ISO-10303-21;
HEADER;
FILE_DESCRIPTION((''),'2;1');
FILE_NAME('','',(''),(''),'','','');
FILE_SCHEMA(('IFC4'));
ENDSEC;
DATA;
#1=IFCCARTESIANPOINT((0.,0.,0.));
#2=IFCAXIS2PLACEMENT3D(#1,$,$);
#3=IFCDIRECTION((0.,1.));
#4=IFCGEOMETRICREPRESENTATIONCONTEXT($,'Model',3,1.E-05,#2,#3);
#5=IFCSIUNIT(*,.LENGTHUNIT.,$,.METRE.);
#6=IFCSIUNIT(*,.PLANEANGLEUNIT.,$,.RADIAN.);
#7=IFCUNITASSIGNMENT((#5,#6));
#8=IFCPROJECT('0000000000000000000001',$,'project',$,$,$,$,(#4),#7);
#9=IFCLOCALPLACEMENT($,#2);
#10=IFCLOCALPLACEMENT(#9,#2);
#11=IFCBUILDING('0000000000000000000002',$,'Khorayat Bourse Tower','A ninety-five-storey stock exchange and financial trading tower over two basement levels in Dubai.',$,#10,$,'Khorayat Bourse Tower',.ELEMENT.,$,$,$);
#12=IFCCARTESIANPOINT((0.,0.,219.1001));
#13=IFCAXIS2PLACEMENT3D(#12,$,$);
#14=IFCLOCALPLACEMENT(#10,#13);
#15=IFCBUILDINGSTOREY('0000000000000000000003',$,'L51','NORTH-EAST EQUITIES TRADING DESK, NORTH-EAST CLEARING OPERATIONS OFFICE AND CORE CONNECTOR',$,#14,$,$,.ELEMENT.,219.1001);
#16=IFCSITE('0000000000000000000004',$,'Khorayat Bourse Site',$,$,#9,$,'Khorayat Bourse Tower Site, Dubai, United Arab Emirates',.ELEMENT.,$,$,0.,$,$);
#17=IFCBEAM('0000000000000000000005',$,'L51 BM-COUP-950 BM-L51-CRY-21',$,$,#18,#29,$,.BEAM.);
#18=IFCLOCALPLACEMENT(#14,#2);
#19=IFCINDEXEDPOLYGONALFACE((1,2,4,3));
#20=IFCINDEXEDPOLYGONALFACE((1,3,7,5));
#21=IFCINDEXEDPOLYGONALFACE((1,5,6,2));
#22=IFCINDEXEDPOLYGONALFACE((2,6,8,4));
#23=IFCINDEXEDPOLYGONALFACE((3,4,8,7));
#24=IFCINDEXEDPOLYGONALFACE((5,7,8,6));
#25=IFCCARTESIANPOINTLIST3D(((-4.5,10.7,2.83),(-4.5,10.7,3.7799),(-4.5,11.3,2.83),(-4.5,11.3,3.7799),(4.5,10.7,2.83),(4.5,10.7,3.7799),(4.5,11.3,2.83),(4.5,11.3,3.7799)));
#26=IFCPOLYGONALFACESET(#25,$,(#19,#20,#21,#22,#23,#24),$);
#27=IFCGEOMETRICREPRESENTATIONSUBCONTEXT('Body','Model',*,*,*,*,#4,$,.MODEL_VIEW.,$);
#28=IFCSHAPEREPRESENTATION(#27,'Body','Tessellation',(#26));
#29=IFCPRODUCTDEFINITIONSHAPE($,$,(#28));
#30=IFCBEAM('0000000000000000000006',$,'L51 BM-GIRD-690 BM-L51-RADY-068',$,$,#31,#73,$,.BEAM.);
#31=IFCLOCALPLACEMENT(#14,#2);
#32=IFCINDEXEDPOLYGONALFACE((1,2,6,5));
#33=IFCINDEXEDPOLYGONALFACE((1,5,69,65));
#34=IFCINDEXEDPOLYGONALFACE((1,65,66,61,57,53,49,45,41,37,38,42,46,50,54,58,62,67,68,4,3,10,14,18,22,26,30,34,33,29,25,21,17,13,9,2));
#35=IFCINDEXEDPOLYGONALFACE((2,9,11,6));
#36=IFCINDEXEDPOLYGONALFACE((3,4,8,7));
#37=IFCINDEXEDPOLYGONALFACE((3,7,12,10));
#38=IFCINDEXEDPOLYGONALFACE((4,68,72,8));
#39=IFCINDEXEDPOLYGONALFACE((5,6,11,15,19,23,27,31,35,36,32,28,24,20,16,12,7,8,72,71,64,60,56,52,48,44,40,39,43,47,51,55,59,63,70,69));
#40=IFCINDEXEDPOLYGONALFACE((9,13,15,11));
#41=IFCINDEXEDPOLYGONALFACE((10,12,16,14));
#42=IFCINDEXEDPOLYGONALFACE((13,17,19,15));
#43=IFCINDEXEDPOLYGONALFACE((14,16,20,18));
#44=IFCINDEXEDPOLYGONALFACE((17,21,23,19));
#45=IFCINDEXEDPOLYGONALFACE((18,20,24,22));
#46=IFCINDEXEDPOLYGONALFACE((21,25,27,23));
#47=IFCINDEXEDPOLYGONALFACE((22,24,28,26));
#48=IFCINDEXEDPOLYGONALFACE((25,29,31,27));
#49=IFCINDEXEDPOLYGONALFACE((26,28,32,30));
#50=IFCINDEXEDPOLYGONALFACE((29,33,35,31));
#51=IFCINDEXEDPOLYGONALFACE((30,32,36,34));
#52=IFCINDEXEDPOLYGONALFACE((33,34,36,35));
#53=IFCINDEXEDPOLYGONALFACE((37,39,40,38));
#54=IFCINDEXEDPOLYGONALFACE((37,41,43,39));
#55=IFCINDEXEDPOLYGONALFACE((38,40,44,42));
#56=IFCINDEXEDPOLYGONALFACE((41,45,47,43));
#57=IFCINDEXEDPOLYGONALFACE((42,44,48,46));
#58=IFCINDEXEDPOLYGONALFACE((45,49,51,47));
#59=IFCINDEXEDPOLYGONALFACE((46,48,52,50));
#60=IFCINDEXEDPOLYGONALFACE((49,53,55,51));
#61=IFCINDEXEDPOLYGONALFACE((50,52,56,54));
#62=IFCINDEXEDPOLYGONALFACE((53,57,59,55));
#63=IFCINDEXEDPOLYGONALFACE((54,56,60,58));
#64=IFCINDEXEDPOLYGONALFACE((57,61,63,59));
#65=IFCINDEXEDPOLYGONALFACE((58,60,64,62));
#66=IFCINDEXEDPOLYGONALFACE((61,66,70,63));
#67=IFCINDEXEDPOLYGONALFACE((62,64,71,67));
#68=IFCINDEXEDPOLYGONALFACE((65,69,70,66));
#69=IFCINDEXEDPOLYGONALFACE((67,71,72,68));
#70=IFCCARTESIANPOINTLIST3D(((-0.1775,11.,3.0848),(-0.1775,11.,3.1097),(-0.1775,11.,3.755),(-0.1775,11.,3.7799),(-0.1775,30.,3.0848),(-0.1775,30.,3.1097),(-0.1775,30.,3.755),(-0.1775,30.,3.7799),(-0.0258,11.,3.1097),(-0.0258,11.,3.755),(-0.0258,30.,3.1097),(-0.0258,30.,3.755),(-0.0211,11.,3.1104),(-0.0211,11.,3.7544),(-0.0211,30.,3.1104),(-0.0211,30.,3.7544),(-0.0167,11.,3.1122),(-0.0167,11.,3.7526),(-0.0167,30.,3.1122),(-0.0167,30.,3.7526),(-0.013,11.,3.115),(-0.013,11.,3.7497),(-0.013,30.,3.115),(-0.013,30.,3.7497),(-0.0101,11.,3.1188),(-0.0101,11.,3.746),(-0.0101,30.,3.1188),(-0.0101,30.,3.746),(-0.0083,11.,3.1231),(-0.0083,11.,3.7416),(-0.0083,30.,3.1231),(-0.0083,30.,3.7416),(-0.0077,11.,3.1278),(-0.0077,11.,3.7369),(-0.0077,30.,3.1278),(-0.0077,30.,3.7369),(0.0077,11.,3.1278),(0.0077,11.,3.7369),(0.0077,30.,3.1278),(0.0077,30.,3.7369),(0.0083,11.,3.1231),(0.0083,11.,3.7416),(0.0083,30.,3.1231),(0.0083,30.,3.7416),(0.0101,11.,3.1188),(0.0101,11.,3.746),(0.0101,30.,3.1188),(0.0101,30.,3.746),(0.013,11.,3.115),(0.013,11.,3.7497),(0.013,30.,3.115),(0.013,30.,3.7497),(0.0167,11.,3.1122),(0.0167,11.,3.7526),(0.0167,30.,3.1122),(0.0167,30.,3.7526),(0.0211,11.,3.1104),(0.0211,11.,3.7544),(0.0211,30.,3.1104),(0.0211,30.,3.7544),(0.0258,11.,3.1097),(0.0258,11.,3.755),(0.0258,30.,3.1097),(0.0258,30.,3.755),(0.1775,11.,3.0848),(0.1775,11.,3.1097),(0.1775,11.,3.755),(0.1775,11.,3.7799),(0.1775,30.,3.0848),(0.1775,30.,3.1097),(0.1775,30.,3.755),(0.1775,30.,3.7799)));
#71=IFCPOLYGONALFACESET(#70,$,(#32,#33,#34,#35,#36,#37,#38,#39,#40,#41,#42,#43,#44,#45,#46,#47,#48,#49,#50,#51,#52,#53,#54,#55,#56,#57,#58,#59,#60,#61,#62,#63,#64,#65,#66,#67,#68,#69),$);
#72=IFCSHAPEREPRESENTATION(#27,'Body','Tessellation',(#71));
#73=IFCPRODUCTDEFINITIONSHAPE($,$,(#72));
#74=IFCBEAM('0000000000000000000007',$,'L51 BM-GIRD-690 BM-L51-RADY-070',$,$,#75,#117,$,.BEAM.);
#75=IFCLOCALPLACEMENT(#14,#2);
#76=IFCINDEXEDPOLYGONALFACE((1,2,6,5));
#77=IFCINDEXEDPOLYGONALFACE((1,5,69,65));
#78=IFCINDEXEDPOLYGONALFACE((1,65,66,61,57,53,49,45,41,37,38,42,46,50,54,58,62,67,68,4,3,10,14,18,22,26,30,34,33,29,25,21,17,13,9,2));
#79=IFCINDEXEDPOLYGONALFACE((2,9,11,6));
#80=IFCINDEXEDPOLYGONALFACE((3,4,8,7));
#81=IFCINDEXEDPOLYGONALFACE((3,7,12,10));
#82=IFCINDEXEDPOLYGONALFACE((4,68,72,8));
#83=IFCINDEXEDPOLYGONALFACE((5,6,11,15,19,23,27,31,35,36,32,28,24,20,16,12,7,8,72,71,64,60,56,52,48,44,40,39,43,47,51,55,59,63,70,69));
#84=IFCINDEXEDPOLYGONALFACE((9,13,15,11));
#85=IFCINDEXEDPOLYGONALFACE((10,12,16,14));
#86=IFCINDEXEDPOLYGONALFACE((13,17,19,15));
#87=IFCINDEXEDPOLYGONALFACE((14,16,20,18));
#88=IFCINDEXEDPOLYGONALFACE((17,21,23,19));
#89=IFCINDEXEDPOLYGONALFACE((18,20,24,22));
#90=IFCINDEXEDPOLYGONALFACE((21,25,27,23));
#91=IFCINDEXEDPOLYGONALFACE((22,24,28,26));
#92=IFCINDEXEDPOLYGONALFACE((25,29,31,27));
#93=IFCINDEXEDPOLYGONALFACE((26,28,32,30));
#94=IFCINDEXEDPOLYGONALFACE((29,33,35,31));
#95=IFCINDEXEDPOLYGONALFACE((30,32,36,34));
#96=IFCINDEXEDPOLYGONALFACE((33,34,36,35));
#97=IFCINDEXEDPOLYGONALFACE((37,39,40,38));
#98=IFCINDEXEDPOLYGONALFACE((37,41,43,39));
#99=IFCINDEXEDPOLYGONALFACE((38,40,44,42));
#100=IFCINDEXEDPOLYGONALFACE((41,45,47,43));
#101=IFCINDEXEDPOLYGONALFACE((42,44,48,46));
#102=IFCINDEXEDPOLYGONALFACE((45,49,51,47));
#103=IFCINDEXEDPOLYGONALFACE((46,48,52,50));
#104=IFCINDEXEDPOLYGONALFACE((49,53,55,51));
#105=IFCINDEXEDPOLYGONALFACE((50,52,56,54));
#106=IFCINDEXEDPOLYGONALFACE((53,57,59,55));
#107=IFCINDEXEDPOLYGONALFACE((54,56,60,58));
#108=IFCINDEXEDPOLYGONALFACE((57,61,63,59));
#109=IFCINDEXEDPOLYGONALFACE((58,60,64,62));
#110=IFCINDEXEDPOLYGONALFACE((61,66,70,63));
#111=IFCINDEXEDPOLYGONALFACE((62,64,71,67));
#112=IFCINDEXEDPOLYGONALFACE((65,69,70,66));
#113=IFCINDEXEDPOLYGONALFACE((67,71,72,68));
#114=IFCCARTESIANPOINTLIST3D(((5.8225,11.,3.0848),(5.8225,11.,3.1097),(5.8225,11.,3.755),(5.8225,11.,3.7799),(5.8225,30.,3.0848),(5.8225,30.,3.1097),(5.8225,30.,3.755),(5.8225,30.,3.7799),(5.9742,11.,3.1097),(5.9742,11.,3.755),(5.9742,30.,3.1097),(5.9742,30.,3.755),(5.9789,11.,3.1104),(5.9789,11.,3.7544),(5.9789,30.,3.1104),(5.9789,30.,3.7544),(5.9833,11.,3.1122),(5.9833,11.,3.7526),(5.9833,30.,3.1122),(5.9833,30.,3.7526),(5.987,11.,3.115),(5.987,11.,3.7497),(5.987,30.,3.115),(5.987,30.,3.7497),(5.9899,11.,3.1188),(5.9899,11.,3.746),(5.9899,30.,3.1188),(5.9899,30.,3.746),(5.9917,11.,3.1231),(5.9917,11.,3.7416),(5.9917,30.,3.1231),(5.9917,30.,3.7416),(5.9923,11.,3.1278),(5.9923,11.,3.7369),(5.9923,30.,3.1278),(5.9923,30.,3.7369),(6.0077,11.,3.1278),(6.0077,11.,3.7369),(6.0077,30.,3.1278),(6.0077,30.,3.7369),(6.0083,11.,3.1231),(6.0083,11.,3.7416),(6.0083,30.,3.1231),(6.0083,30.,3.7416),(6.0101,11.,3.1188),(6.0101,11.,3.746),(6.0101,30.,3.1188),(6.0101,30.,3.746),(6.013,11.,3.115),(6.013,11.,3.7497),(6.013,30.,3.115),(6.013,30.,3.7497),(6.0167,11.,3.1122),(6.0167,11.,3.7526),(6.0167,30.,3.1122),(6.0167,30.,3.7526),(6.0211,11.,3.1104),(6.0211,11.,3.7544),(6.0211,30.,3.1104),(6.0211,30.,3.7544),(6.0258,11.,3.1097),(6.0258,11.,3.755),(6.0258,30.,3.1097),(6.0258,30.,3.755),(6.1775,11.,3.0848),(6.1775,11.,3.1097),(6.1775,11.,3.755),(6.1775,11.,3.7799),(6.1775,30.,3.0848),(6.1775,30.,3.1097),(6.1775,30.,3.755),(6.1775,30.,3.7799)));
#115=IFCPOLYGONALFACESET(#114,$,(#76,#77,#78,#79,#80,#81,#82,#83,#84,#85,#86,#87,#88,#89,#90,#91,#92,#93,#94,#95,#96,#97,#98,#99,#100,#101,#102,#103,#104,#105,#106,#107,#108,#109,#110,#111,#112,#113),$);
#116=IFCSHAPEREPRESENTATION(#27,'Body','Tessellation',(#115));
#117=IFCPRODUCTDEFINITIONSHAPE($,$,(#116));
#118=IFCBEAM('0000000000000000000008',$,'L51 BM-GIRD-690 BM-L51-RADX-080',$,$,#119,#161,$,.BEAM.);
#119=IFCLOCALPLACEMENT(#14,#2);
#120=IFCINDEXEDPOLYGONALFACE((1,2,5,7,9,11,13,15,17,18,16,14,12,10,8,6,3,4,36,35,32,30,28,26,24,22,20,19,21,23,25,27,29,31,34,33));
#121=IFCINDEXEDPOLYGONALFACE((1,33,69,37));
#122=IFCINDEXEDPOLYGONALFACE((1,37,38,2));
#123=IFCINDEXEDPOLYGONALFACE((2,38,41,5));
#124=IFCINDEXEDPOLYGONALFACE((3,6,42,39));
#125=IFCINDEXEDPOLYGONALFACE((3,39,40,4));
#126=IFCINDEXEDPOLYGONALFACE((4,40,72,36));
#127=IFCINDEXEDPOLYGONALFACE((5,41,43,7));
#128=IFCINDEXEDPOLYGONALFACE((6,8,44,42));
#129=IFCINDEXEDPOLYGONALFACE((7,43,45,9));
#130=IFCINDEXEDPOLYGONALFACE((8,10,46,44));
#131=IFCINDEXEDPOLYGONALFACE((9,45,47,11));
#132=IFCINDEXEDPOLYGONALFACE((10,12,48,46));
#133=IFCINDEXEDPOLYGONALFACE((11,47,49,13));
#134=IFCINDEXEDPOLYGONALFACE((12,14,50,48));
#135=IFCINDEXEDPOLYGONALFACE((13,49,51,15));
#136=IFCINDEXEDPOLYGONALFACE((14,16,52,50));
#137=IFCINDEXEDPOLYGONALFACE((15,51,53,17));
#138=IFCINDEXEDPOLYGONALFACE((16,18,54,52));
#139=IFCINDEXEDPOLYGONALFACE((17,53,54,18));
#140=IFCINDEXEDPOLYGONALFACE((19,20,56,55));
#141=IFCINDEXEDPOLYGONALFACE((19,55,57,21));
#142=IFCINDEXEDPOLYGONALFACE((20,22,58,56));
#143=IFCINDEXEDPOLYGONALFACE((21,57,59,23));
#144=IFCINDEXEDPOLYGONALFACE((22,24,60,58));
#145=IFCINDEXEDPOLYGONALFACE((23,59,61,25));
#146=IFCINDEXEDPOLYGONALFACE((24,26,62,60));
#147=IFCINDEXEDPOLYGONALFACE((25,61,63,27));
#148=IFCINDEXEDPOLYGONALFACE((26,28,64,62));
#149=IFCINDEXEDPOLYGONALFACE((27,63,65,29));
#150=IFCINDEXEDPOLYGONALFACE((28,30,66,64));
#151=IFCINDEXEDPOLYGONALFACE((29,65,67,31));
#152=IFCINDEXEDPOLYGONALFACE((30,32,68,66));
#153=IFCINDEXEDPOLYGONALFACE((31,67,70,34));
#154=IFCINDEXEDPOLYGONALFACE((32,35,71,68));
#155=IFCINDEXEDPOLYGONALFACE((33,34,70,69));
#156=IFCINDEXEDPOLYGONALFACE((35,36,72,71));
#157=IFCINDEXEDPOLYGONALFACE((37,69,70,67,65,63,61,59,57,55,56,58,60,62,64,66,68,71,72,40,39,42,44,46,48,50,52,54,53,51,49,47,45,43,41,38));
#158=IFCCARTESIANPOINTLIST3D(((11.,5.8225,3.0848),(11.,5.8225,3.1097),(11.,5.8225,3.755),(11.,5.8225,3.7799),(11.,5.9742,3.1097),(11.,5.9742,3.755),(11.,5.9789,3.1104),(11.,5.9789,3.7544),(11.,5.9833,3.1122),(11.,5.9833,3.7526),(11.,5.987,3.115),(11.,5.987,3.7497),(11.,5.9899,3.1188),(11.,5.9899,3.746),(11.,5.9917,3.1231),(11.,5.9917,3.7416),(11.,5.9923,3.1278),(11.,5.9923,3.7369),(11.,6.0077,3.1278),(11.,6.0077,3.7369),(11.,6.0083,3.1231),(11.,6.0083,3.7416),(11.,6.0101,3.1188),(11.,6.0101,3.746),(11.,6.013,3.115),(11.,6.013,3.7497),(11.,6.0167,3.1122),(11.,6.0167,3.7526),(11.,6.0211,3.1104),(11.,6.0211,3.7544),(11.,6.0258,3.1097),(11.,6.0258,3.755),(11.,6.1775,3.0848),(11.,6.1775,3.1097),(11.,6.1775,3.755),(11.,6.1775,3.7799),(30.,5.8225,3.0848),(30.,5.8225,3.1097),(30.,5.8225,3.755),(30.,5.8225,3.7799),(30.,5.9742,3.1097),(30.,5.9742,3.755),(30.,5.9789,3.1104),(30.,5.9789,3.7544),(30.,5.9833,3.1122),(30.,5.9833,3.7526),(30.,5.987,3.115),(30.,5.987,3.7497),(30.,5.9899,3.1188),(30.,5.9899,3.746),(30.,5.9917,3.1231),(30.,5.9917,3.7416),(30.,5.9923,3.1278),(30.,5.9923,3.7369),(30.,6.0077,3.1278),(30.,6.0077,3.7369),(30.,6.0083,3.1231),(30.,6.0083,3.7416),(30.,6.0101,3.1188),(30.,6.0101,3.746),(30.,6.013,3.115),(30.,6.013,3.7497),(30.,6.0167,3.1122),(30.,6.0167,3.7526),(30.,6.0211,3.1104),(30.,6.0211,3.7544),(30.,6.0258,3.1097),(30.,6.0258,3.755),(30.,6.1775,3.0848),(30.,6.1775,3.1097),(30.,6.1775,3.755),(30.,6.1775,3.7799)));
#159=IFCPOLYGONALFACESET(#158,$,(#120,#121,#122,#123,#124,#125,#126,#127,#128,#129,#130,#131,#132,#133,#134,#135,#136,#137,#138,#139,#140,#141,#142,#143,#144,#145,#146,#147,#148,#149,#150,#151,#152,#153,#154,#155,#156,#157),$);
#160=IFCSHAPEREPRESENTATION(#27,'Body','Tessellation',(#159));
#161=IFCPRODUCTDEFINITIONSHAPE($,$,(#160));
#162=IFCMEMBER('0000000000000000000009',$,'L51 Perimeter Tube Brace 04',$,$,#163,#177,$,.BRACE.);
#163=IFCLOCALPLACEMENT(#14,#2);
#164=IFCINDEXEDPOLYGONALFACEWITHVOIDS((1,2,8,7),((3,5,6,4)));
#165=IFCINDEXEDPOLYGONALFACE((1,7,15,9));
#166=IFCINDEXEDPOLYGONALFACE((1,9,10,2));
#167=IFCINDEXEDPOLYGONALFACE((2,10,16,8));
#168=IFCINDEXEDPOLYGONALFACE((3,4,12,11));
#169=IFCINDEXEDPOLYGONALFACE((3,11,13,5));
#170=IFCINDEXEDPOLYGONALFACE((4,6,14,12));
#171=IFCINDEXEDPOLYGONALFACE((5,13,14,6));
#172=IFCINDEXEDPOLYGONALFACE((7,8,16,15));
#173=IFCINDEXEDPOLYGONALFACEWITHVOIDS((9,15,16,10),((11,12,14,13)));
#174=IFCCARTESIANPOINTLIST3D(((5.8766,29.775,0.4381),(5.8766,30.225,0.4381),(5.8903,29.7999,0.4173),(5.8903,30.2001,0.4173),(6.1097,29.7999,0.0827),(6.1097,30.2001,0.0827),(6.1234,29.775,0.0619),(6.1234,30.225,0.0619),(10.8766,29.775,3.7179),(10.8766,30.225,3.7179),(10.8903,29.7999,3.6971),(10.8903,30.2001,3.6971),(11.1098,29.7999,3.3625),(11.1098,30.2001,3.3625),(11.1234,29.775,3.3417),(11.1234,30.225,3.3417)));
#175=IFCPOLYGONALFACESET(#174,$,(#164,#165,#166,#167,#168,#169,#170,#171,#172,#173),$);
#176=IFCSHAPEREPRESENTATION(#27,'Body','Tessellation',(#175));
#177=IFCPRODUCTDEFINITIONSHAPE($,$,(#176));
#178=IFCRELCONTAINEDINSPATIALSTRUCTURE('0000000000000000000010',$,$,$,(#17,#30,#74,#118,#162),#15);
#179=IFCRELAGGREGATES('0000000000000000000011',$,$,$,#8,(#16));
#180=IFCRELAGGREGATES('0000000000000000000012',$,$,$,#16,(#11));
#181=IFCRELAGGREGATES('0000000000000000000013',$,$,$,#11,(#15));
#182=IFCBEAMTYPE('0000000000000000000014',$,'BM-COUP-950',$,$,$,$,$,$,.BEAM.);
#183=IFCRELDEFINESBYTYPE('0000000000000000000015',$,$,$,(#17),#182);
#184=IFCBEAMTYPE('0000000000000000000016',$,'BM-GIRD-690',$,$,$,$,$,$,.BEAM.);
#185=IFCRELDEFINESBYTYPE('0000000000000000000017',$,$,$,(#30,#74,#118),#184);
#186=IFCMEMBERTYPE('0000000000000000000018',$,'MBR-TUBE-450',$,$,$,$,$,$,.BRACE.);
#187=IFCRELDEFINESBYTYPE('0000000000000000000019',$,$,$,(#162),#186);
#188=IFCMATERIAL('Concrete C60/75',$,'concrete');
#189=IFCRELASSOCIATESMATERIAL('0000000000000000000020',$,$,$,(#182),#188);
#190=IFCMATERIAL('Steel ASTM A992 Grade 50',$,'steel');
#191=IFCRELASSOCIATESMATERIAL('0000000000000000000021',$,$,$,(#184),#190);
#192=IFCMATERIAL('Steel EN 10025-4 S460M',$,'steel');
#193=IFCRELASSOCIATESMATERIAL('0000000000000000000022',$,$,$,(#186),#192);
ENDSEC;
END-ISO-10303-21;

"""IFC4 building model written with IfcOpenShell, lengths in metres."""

from ifc_helpers import new_model, si_unit, direction, frame, origin, origin_2d, place, context, subcontext, project, spatial, rectangle, hollow_rectangle, i_section, extrude, source, transform, mapped, material, material_profile, profile_set, type_object, element, save


model = new_model("IFC4")

# Units and contexts
model_context = context("Model", 3, precision=1e-05, world=origin(), true_north=direction((0.0, 1.0)))
body_context = subcontext(model_context, "Body", "Model", "MODEL_VIEW")
ifc_project = project(units=[si_unit("LENGTHUNIT", "METRE"), si_unit("PLANEANGLEUNIT", "RADIAN")], contexts=[model_context])

# Site, building, storey
site_placement = place(None, origin())
site = spatial("IfcSite", under=ifc_project, at=site_placement, Name="Khorayat Bourse Site", LongName="Khorayat Bourse Tower Site, Dubai, United Arab Emirates", CompositionType="ELEMENT", RefElevation=0.0)
building_placement = place(site_placement, origin())
building = spatial("IfcBuilding", under=site, at=building_placement, Name="Khorayat Bourse Tower", Description="A ninety-five-storey stock exchange and financial trading tower over two basement levels in Dubai.", LongName="Khorayat Bourse Tower", CompositionType="ELEMENT")
storey_placement = place(building_placement, frame((0.0, 0.0, 219.1001)))
storey = spatial("IfcBuildingStorey", under=building, at=storey_placement, Name="L51", Description="NORTH-EAST EQUITIES TRADING DESK, NORTH-EAST CLEARING OPERATIONS OFFICE AND CORE CONNECTOR", CompositionType="ELEMENT", Elevation=219.1001)

# Shared definitions
ifc_material_1 = material(Name="Concrete C60/75", Category="concrete")
ifc_material_2 = material(Name="Steel EN 10025-4 S460M", Category="steel")

# Beams
ifc_material_3 = material(Name="Steel ASTM A992 Grade 50", Category="steel")
ifc_material_profile_1 = material_profile(ifc_material_1, rectangle(XDim=0.6001, YDim=0.95, at=origin_2d()), Name="RC 600x950")
ifc_profile_set_1 = profile_set([ifc_material_profile_1], Name="Concrete C60/75")
beam_type_1 = type_object("IfcBeamType", Name="BM-COUP-950", PredefinedType="BEAM", material=ifc_profile_set_1)
shared_shape_1 = source(origin(), body_context, "Body", "SweptSolid", [
    extrude(rectangle(XDim=0.6001, YDim=0.95, at=origin_2d()), origin(), (0.0, 0.0, 1.0), 9.0),
])
beam_1_placement = place(storey_placement, frame((-4.5, 11.0, 3.3049), z_axis=(1.0, 0.0, 0.0), x_axis=(0.0, 1.0, 0.0)))
element("IfcBeam", 1, at=beam_1_placement, inside=storey, type_object=beam_type_1, Name="L51 BM-COUP-950 BM-L51-CRY-21", PredefinedType="BEAM", context=body_context, shape_type="MappedRepresentation", body=[
    mapped(shared_shape_1, transform((0.0, 0.0, 0.0), scale=1.0)),
])
ifc_material_profile_2 = material_profile(ifc_material_3, i_section(OverallWidth=0.355, OverallDepth=0.6951, WebThickness=0.0154, FlangeThickness=0.0249, FilletRadius=0.0181, at=origin_2d()), Name="W690X217")
ifc_profile_set_2 = profile_set([ifc_material_profile_2], Name="Steel ASTM A992 Grade 50")
beam_type_2 = type_object("IfcBeamType", Name="BM-GIRD-690", PredefinedType="BEAM", material=ifc_profile_set_2)
shared_shape_2 = source(origin(), body_context, "Body", "SweptSolid", [
    extrude(i_section(OverallWidth=0.355, OverallDepth=0.6951, WebThickness=0.0154, FlangeThickness=0.0249, FilletRadius=0.0181, at=origin_2d()), origin(), (0.0, 0.0, 1.0), 19.0),
])
for number, where, z_axis, x_axis, name in (
    (2, (0.0, 11.0, 3.4324), (0.0, 1.0, 0.0), (-1.0, 0.0, 0.0), "L51 BM-GIRD-690 BM-L51-RADY-068"),
    (3, (6.0, 11.0, 3.4324), (0.0, 1.0, 0.0), (-1.0, 0.0, 0.0), "L51 BM-GIRD-690 BM-L51-RADY-070"),
    (4, (11.0, 6.0, 3.4324), (1.0, 0.0, 0.0), (0.0, 1.0, 0.0), "L51 BM-GIRD-690 BM-L51-RADX-080"),
):
    element("IfcBeam", number, at=place(storey_placement, frame(where, z_axis=z_axis, x_axis=x_axis)), inside=storey, type_object=beam_type_2, Name=name, PredefinedType="BEAM", context=body_context, shape_type="MappedRepresentation", body=[
        mapped(shared_shape_2, transform((0.0, 0.0, 0.0), scale=1.0)),
    ])

# Member
ifc_material_profile_3 = material_profile(ifc_material_2, hollow_rectangle(XDim=0.45, YDim=0.45, WallThickness=0.0249, at=origin_2d()), Name="HSS 450x450x25")
ifc_profile_set_3 = profile_set([ifc_material_profile_3], Name="Steel EN 10025-4 S460M")
member_type_1 = type_object("IfcMemberType", Name="MBR-TUBE-450", PredefinedType="BRACE", material=ifc_profile_set_3)
shared_shape_3 = source(origin(), body_context, "Body", "SweptSolid", [
    extrude(hollow_rectangle(XDim=0.45, YDim=0.45, WallThickness=0.0249, at=origin_2d()), origin(), (0.0, 0.0, 1.0), 5.9797),
])
member_1_placement = place(storey_placement, frame((6.0, 30.0, 0.25), z_axis=(0.83616, 0.0, 0.548485), x_axis=(0.0, 1.0, 0.0)))
element("IfcMember", 5, at=member_1_placement, inside=storey, type_object=member_type_1, Name="L51 Perimeter Tube Brace 04", PredefinedType="BRACE", context=body_context, shape_type="MappedRepresentation", body=[
    mapped(shared_shape_3, transform((0.0, 0.0, 0.0), scale=1.0)),
])

save(model, "model.ifc")
